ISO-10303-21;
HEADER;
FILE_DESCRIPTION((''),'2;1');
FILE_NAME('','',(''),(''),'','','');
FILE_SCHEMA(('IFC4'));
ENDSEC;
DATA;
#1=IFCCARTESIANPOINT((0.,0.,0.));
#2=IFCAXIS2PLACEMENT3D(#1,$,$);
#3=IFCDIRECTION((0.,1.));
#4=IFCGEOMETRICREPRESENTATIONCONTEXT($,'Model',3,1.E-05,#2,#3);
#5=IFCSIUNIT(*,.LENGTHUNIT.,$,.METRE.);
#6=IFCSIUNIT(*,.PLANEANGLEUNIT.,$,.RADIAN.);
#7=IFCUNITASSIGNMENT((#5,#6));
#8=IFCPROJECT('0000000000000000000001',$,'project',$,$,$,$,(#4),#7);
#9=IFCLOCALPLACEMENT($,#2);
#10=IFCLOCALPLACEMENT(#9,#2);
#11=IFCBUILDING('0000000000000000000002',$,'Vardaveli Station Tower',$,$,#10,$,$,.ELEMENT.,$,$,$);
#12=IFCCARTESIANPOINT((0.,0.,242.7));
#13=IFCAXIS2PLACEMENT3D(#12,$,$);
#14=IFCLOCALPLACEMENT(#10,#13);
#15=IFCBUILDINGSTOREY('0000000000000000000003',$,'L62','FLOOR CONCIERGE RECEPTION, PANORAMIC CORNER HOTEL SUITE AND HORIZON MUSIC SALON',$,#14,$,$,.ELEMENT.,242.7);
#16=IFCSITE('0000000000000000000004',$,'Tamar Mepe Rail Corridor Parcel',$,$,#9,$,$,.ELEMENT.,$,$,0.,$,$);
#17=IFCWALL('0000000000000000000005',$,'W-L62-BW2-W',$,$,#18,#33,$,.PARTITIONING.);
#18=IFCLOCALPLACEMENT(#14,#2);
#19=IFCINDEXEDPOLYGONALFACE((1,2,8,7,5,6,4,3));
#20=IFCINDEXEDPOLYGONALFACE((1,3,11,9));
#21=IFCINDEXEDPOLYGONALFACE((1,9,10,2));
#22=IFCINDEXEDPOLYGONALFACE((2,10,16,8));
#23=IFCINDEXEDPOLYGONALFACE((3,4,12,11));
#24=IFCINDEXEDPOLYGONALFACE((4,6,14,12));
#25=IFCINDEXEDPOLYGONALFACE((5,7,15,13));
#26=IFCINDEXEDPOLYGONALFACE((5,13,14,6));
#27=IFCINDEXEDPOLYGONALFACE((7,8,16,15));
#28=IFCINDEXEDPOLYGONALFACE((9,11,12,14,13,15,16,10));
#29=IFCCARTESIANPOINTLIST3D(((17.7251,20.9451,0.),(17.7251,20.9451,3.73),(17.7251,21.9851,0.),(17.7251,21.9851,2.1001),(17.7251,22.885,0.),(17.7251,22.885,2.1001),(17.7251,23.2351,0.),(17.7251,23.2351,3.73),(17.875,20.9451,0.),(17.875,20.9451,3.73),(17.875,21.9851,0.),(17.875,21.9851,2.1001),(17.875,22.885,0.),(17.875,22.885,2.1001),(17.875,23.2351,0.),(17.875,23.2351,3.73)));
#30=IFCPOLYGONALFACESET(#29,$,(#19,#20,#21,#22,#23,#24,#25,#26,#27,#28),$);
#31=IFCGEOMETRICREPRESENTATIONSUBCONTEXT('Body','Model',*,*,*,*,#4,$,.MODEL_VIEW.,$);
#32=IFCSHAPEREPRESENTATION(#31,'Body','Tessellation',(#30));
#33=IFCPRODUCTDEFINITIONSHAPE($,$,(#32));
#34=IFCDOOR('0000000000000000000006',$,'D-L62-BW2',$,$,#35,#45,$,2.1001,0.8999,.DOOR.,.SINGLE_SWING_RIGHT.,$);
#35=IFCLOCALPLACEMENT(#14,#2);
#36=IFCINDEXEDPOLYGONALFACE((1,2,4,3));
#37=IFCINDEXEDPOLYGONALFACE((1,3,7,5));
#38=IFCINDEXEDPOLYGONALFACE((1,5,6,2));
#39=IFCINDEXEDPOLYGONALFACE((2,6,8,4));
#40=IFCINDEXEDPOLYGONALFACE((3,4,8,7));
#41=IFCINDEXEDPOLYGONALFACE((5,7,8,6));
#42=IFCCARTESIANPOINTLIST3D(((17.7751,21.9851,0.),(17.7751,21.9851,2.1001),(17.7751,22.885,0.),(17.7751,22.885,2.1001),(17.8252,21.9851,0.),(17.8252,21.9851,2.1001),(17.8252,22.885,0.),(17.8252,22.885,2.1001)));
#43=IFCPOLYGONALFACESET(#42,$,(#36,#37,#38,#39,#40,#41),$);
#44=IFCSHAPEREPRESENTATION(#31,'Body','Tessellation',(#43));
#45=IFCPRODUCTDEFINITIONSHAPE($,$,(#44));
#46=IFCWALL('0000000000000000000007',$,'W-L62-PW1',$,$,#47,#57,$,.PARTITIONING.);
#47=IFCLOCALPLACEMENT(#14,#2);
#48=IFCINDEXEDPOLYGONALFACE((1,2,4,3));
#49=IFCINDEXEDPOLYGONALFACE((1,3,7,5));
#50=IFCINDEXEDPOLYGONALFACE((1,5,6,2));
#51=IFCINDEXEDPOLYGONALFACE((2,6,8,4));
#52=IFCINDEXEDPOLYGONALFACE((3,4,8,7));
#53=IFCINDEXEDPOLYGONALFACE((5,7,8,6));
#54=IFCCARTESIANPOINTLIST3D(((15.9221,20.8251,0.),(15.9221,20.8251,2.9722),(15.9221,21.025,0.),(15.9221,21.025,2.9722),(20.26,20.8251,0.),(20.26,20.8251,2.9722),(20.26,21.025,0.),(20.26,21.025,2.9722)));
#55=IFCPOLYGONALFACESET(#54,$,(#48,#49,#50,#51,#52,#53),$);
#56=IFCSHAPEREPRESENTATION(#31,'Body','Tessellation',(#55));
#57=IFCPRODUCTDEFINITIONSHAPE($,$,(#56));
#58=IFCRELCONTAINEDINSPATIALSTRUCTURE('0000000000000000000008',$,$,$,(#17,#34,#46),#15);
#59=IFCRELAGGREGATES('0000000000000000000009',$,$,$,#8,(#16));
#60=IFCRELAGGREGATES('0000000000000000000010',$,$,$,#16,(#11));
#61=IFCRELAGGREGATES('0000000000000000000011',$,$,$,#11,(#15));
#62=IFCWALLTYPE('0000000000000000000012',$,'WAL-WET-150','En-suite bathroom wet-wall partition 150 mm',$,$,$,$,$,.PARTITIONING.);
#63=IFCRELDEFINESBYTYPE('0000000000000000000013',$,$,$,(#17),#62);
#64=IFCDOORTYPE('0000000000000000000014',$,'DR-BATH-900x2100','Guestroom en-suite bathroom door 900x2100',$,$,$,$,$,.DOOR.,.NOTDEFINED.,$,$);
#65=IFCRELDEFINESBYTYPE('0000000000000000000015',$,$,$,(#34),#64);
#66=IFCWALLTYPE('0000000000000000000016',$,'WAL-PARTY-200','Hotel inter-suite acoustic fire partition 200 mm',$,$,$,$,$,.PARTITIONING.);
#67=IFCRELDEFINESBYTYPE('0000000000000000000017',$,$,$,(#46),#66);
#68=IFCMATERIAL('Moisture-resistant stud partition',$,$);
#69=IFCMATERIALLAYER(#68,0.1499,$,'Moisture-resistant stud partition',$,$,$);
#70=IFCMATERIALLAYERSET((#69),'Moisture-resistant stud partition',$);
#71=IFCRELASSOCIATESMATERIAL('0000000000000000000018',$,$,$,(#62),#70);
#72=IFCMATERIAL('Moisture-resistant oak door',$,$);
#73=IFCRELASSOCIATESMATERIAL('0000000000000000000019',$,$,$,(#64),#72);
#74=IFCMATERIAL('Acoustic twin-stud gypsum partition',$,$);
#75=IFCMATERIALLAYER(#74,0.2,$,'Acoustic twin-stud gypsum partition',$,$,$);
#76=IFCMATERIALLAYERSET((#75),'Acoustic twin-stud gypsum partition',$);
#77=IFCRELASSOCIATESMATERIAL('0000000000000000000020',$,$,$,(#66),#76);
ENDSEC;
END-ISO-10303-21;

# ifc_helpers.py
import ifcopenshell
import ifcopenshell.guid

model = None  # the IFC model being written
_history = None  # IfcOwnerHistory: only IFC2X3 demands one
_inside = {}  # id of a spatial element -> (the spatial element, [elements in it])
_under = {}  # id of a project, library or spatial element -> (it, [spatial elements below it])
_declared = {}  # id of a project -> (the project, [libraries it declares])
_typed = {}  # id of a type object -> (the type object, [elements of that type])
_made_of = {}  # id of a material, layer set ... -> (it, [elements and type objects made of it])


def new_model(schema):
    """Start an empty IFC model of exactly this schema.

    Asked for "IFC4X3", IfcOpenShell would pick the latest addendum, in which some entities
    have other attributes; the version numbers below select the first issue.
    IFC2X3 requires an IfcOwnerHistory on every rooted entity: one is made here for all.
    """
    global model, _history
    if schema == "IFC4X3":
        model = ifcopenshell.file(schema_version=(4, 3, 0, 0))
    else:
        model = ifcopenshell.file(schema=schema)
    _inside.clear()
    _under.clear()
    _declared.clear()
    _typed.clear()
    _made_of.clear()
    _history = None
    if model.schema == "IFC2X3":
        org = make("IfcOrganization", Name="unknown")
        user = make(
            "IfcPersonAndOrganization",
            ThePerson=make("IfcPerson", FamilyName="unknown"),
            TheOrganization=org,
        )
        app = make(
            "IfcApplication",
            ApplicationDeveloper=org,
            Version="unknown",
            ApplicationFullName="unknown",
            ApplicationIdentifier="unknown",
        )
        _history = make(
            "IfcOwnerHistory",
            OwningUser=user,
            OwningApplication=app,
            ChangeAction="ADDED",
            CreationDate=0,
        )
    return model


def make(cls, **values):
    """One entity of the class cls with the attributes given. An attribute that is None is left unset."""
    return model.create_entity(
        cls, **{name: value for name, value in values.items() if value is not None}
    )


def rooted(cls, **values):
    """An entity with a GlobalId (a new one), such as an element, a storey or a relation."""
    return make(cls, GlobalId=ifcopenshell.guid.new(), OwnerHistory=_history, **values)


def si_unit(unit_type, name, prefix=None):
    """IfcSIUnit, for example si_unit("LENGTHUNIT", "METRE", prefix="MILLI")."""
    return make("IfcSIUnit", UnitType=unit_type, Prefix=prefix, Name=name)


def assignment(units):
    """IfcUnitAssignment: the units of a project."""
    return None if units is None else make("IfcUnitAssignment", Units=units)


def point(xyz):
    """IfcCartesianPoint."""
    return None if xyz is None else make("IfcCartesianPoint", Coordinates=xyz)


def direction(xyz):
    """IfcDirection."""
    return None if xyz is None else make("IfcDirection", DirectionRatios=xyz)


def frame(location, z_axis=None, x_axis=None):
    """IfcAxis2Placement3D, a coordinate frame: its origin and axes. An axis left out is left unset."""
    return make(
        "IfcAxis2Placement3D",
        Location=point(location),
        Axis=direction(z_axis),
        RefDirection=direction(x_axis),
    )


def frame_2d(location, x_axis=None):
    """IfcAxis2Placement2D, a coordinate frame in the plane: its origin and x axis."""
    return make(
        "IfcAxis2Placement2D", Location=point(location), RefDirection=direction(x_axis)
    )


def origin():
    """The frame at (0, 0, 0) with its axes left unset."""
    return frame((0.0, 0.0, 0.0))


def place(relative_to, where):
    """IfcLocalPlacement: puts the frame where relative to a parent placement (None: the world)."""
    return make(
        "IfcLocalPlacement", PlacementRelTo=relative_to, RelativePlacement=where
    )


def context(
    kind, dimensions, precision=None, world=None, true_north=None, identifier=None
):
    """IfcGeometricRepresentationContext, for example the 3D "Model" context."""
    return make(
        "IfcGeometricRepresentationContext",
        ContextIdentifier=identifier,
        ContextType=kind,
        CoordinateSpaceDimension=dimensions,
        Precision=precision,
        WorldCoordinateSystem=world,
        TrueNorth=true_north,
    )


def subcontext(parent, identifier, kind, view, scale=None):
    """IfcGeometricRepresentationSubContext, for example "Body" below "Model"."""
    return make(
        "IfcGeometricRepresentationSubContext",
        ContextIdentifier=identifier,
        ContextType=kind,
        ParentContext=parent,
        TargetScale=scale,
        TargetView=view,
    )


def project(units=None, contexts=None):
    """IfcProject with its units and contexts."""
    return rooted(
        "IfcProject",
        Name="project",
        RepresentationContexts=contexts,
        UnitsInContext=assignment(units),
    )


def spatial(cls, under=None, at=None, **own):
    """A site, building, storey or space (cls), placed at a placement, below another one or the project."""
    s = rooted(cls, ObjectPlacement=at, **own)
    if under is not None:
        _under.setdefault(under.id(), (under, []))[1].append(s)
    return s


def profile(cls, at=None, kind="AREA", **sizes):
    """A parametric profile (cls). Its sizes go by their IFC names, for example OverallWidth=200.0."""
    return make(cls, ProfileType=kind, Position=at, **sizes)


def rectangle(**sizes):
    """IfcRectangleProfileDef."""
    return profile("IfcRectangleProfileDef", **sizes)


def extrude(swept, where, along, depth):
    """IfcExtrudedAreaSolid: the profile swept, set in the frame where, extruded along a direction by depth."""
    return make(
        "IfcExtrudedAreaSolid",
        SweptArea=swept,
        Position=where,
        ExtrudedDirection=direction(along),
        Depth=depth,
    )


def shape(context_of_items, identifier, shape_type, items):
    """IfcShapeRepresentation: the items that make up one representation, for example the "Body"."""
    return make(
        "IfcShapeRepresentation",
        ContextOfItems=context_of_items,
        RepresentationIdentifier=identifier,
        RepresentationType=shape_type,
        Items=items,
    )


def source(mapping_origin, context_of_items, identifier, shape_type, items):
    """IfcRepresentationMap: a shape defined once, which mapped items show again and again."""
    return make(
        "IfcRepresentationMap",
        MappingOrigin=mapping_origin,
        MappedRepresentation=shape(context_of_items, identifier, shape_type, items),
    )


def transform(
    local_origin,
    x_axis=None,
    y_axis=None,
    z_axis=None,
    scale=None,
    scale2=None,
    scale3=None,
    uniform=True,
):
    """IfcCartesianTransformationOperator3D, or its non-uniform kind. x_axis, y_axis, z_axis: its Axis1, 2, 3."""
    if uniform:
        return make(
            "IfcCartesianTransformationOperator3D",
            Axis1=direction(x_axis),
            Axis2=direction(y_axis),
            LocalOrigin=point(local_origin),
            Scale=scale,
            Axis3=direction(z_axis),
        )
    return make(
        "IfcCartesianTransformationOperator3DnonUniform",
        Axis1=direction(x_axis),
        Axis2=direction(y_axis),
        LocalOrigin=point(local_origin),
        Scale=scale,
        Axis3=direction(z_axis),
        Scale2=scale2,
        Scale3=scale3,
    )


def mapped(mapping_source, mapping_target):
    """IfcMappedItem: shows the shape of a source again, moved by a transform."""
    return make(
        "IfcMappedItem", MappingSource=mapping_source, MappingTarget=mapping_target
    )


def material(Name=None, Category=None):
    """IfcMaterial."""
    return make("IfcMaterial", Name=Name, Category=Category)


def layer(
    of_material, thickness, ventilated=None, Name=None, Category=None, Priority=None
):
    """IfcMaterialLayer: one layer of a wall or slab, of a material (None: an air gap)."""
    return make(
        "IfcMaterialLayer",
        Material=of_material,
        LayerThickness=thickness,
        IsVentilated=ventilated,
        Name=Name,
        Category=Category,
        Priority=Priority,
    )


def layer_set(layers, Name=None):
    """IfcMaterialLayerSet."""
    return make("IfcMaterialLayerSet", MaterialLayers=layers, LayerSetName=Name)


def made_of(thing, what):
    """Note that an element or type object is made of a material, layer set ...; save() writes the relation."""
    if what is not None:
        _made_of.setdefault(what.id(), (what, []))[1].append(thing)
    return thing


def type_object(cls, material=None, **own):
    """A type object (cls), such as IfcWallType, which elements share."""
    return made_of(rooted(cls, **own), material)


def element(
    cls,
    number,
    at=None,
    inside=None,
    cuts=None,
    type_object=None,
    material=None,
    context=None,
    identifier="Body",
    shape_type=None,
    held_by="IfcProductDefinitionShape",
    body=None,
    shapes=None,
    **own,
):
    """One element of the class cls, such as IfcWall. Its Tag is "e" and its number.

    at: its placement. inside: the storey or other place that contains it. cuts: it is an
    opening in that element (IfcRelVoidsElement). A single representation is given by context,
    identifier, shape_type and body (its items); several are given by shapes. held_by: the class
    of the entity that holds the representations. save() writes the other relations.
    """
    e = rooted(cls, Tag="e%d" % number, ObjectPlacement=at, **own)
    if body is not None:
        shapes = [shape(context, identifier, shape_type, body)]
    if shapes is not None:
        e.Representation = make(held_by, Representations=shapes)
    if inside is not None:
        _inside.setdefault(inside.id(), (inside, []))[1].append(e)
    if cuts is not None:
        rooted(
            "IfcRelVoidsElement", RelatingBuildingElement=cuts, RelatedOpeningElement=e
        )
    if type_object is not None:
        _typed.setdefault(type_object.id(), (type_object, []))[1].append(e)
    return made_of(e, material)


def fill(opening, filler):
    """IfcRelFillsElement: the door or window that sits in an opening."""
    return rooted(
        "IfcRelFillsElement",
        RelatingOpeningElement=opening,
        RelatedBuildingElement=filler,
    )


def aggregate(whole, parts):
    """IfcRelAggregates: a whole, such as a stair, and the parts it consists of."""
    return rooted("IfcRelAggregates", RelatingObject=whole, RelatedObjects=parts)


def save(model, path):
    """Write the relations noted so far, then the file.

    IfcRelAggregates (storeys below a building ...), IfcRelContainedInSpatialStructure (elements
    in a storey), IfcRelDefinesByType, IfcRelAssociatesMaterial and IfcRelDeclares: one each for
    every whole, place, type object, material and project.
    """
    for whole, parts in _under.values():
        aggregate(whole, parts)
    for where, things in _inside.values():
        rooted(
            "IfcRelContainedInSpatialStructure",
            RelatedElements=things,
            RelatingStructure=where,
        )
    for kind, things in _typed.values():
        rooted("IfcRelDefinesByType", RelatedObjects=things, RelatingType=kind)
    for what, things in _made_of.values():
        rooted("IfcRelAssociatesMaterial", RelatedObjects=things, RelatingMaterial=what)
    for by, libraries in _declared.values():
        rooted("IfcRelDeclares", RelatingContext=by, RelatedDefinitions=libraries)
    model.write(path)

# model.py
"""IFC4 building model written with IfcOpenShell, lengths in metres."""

from ifc_helpers import new_model, si_unit, direction, frame, frame_2d, origin, place, context, subcontext, project, spatial, rectangle, extrude, source, transform, mapped, material, layer, layer_set, type_object, element, fill, save


model = new_model("IFC4")

# Units and contexts
model_context = context("Model", 3, precision=1e-05, world=origin(), true_north=direction((0.0, 1.0)))
body_context = subcontext(model_context, "Body", "Model", "MODEL_VIEW")
ifc_project = project(units=[si_unit("LENGTHUNIT", "METRE"), si_unit("PLANEANGLEUNIT", "RADIAN")], contexts=[model_context])

# Site, building, storey
site_placement = place(None, origin())
site = spatial("IfcSite", under=ifc_project, at=site_placement, Name="Tamar Mepe Rail Corridor Parcel", CompositionType="ELEMENT", RefElevation=0.0)
building_placement = place(site_placement, origin())
building = spatial("IfcBuilding", under=site, at=building_placement, Name="Vardaveli Station Tower", CompositionType="ELEMENT")
storey_placement = place(building_placement, frame((0.0, 0.0, 242.7)))
storey = spatial("IfcBuildingStorey", under=building, at=storey_placement, Name="L62", Description="FLOOR CONCIERGE RECEPTION, PANORAMIC CORNER HOTEL SUITE AND HORIZON MUSIC SALON", CompositionType="ELEMENT", Elevation=242.7)

# Wall, opening, door
ifc_material_1 = material(Name="Moisture-resistant stud partition")
ifc_layer_1 = layer(ifc_material_1, 0.1499, Name="Moisture-resistant stud partition")
ifc_layer_set_1 = layer_set([ifc_layer_1], Name="Moisture-resistant stud partition")
wall_type_1 = type_object("IfcWallType", Name="WAL-WET-150", Description="En-suite bathroom wet-wall partition 150 mm", PredefinedType="PARTITIONING", material=ifc_layer_set_1)
shared_shape_1 = source(origin(), body_context, "Body", "SweptSolid", [
    extrude(rectangle(XDim=2.29, YDim=0.1499, at=frame_2d((1.145, 0.0))), origin(), (0.0, 0.0, 1.0), 3.73),
])
wall_1_placement = place(storey_placement, frame((17.8, 20.9451, 0.0), z_axis=(0.0, 0.0, 1.0), x_axis=(0.0, 1.0, 0.0)))
wall_1 = element("IfcWall", 1, at=wall_1_placement, inside=storey, type_object=wall_type_1, Name="W-L62-BW2-W", PredefinedType="PARTITIONING", context=body_context, shape_type="MappedRepresentation", body=[
    mapped(shared_shape_1, transform((0.0, 0.0, 0.0), scale=1.0)),
])
shared_shape_2 = source(origin(), body_context, "Body", "SweptSolid", [
    extrude(rectangle(XDim=0.8999, YDim=2.1001, at=frame_2d((0.45, 1.05))), frame((0.0, 0.085, 0.0), z_axis=(0.0, -1.0, 0.0), x_axis=(1.0, 0.0, 0.0)), (0.0, 0.0, 1.0), 0.1699),
])
opening_1_placement = place(wall_1_placement, frame((1.04, 0.0, 0.0)))
opening_1 = element("IfcOpeningElement", 2, at=opening_1_placement, cuts=wall_1, PredefinedType="OPENING", context=body_context, shape_type="MappedRepresentation", body=[
    mapped(shared_shape_2, transform((0.0, 0.0, 0.0), scale=1.0)),
])
ifc_material_2 = material(Name="Moisture-resistant oak door")
door_type_1 = type_object("IfcDoorType", Name="DR-BATH-900x2100", Description="Guestroom en-suite bathroom door 900x2100", OperationType="NOTDEFINED", PredefinedType="DOOR", material=ifc_material_2)
shared_shape_3 = source(origin(), body_context, "Body", "SweptSolid", [
    extrude(rectangle(XDim=0.8999, YDim=2.1001, at=frame_2d((0.45, 1.05))), frame((0.0, 0.0249, 0.0), z_axis=(0.0, -1.0, 0.0), x_axis=(1.0, 0.0, 0.0)), (0.0, 0.0, 1.0), 0.05),
])
door_1_placement = place(opening_1_placement, origin())
door_1 = element("IfcDoor", 3, at=door_1_placement, inside=storey, type_object=door_type_1, Name="D-L62-BW2", OperationType="SINGLE_SWING_RIGHT", OverallHeight=2.1001, OverallWidth=0.8999, PredefinedType="DOOR", context=body_context, shape_type="MappedRepresentation", body=[
    mapped(shared_shape_3, transform((0.0, 0.0, 0.0), scale=1.0)),
])
fill(opening_1, door_1)

# Wall
ifc_material_3 = material(Name="Acoustic twin-stud gypsum partition")
ifc_layer_2 = layer(ifc_material_3, 0.2, Name="Acoustic twin-stud gypsum partition")
ifc_layer_set_2 = layer_set([ifc_layer_2], Name="Acoustic twin-stud gypsum partition")
wall_type_2 = type_object("IfcWallType", Name="WAL-PARTY-200", Description="Hotel inter-suite acoustic fire partition 200 mm", PredefinedType="PARTITIONING", material=ifc_layer_set_2)
shared_shape_4 = source(origin(), body_context, "Body", "SweptSolid", [
    extrude(rectangle(XDim=4.3379, YDim=0.2, at=frame_2d((2.1689, 0.0))), origin(), (0.0, 0.0, 1.0), 2.9722),
])
wall_2_placement = place(storey_placement, frame((15.9221, 20.925, 0.0), z_axis=(0.0, 0.0, 1.0), x_axis=(1.0, 0.0, 0.0)))
element("IfcWall", 4, at=wall_2_placement, inside=storey, type_object=wall_type_2, Name="W-L62-PW1", PredefinedType="PARTITIONING", context=body_context, shape_type="MappedRepresentation", body=[
    mapped(shared_shape_4, transform((0.0, 0.0, 0.0), scale=1.0)),
])

save(model, "model.ifc")
